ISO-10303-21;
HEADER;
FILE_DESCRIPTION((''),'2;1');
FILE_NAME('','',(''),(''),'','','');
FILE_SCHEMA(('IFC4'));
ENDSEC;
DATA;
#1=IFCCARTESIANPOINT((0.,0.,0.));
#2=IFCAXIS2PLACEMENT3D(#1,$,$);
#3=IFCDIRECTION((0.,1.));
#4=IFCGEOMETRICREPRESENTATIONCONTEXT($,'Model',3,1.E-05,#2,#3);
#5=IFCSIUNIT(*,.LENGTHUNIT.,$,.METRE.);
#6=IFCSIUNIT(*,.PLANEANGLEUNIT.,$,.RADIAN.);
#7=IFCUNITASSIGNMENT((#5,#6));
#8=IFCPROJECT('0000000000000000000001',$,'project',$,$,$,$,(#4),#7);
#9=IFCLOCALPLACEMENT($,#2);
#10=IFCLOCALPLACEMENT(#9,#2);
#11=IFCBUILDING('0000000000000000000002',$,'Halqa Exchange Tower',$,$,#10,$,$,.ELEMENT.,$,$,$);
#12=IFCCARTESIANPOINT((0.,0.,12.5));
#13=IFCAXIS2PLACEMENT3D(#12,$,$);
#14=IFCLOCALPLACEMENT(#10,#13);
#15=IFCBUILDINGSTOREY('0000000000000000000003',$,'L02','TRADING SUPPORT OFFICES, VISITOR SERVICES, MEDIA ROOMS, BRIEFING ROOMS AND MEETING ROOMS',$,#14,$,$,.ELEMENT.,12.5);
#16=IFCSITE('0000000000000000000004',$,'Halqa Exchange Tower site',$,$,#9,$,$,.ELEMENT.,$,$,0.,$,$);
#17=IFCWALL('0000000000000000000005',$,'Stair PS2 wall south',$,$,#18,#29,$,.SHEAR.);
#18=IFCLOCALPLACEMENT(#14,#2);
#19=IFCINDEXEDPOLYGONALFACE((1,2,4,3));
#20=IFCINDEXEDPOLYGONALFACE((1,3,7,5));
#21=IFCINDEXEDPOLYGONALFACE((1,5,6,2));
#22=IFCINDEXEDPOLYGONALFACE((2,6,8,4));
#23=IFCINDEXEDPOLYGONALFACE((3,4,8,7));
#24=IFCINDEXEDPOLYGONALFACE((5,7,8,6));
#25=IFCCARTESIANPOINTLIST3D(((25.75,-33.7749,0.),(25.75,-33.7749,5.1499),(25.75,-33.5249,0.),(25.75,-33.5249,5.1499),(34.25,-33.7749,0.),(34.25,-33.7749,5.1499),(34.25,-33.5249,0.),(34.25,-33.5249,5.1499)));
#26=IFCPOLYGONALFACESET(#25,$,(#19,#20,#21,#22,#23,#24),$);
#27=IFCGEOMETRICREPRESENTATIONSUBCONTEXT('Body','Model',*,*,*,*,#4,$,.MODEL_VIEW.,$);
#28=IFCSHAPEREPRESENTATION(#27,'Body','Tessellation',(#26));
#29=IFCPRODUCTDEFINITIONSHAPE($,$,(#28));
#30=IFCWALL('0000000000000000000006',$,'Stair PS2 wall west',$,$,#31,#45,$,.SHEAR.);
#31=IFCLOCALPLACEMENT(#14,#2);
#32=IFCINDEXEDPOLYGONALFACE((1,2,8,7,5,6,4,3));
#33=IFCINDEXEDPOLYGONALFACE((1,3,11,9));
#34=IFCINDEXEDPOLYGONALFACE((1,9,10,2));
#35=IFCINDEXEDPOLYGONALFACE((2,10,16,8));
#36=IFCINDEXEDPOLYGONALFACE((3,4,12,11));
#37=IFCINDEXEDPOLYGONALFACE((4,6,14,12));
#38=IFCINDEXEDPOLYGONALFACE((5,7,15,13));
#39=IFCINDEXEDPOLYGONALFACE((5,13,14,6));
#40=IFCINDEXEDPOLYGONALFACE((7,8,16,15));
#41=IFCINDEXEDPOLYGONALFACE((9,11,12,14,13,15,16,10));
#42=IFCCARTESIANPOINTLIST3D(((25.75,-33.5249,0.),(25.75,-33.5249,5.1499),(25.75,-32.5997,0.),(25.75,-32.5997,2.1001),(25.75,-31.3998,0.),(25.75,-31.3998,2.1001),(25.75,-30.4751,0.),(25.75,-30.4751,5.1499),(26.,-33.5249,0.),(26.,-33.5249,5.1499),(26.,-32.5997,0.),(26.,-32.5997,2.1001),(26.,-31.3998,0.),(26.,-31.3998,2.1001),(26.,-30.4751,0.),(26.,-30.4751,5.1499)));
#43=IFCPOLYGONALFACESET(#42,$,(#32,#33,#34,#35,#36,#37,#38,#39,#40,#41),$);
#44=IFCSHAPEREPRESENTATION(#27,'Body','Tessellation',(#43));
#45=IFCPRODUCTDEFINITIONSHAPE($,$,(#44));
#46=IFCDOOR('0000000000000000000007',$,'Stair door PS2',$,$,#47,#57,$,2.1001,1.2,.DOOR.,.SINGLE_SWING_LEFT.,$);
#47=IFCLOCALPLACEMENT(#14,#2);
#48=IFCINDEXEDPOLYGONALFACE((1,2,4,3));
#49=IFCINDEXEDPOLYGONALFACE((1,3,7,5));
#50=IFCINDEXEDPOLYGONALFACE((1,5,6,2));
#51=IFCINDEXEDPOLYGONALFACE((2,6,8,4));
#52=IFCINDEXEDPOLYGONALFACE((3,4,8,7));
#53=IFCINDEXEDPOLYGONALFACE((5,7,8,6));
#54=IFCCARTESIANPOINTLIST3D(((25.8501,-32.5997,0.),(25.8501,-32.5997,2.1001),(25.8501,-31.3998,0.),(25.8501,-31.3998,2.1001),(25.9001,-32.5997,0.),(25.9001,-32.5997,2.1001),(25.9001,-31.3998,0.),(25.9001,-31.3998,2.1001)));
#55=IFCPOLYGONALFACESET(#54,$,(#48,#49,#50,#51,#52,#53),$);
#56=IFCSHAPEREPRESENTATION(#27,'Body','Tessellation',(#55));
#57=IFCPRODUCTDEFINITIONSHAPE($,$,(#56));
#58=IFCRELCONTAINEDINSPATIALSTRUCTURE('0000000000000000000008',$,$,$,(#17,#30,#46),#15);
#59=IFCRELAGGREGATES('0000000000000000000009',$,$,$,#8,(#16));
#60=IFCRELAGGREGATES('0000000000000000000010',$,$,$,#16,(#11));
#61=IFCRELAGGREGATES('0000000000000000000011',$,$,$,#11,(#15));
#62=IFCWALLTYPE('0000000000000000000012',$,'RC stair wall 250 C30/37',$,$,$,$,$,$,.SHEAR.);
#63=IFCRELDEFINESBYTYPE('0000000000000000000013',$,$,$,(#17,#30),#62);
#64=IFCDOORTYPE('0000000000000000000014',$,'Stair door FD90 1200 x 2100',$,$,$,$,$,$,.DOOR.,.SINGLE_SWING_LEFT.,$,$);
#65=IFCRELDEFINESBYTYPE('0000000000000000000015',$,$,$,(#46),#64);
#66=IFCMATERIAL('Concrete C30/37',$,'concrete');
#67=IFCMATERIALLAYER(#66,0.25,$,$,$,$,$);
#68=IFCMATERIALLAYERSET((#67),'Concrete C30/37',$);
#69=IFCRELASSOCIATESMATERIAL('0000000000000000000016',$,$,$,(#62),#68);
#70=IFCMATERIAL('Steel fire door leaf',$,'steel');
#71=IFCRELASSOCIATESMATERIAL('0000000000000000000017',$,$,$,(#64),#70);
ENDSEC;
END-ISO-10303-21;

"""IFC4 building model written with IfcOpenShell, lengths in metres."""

from ifc_helpers import new_model, si_unit, direction, frame, frame_2d, origin, place, context, subcontext, project, spatial, rectangle, extrude, material, layer, layer_set, type_object, element, fill, save


model = new_model("IFC4")

# Units and contexts
model_context = context("Model", 3, precision=1e-05, world=origin(), true_north=direction((0.0, 1.0)))
body_context = subcontext(model_context, "Body", "Model", "MODEL_VIEW")
ifc_project = project(units=[si_unit("LENGTHUNIT", "METRE"), si_unit("PLANEANGLEUNIT", "RADIAN")], contexts=[model_context])

# Site, building, storey
site_placement = place(None, origin())
site = spatial("IfcSite", under=ifc_project, at=site_placement, Name="Halqa Exchange Tower site", CompositionType="ELEMENT", RefElevation=0.0)
building_placement = place(site_placement, origin())
building = spatial("IfcBuilding", under=site, at=building_placement, Name="Halqa Exchange Tower", CompositionType="ELEMENT")
storey_placement = place(building_placement, frame((0.0, 0.0, 12.5)))
storey = spatial("IfcBuildingStorey", under=building, at=storey_placement, Name="L02", Description="TRADING SUPPORT OFFICES, VISITOR SERVICES, MEDIA ROOMS, BRIEFING ROOMS AND MEETING ROOMS", CompositionType="ELEMENT", Elevation=12.5)

# Shared definitions
ifc_material_1 = material(Name="Steel fire door leaf", Category="steel")

# Wall
ifc_material_2 = material(Name="Concrete C30/37", Category="concrete")
ifc_layer_1 = layer(ifc_material_2, 0.25)
ifc_layer_set_1 = layer_set([ifc_layer_1], Name="Concrete C30/37")
wall_type_1 = type_object("IfcWallType", Name="RC stair wall 250 C30/37", PredefinedType="SHEAR", material=ifc_layer_set_1)
wall_1_placement = place(storey_placement, frame((25.75, -33.6499, 0.0), z_axis=(0.0, 0.0, 1.0), x_axis=(1.0, 0.0, 0.0)))
element("IfcWall", 1, at=wall_1_placement, inside=storey, type_object=wall_type_1, Name="Stair PS2 wall south", PredefinedType="SHEAR", context=body_context, shape_type="SweptSolid", body=[
    extrude(rectangle(XDim=8.5, YDim=0.25, at=frame_2d((4.25, 0.0))), origin(), (0.0, 0.0, 1.0), 5.1499),
])

# Wall, opening, door
wall_2_placement = place(storey_placement, frame((25.875, -33.5249, 0.0), z_axis=(0.0, 0.0, 1.0), x_axis=(0.0, 1.0, 0.0)))
wall_2 = element("IfcWall", 2, at=wall_2_placement, inside=storey, type_object=wall_type_1, Name="Stair PS2 wall west", PredefinedType="SHEAR", context=body_context, shape_type="SweptSolid", body=[
    extrude(rectangle(XDim=3.0498, YDim=0.25, at=frame_2d((1.5249, 0.0))), origin(), (0.0, 0.0, 1.0), 5.1499),
])
opening_1_placement = place(wall_2_placement, frame((0.925, 0.0, 0.0)))
opening_1 = element("IfcOpeningElement", 3, at=opening_1_placement, cuts=wall_2, PredefinedType="OPENING", context=body_context, shape_type="SweptSolid", body=[
    extrude(rectangle(XDim=1.2, YDim=2.1001, at=frame_2d((0.6001, 1.05))), frame((0.0, 0.137, 0.0), z_axis=(0.0, -1.0, 0.0), x_axis=(1.0, 0.0, 0.0)), (0.0, 0.0, 1.0), 0.2739),
])
door_type_1 = type_object("IfcDoorType", Name="Stair door FD90 1200 x 2100", OperationType="SINGLE_SWING_LEFT", PredefinedType="DOOR", material=ifc_material_1)
door_1_placement = place(opening_1_placement, origin())
door_1 = element("IfcDoor", 4, at=door_1_placement, inside=storey, type_object=door_type_1, Name="Stair door PS2", OperationType="SINGLE_SWING_LEFT", OverallHeight=2.1001, OverallWidth=1.2, PredefinedType="DOOR", context=body_context, shape_type="SweptSolid", body=[
    extrude(rectangle(XDim=1.2, YDim=2.1001, at=frame_2d((0.6001, 1.05))), frame((0.0, 0.0249, 0.0), z_axis=(0.0, -1.0, 0.0), x_axis=(1.0, 0.0, 0.0)), (0.0, 0.0, 1.0), 0.05),
])
fill(opening_1, door_1)

save(model, "model.ifc")
